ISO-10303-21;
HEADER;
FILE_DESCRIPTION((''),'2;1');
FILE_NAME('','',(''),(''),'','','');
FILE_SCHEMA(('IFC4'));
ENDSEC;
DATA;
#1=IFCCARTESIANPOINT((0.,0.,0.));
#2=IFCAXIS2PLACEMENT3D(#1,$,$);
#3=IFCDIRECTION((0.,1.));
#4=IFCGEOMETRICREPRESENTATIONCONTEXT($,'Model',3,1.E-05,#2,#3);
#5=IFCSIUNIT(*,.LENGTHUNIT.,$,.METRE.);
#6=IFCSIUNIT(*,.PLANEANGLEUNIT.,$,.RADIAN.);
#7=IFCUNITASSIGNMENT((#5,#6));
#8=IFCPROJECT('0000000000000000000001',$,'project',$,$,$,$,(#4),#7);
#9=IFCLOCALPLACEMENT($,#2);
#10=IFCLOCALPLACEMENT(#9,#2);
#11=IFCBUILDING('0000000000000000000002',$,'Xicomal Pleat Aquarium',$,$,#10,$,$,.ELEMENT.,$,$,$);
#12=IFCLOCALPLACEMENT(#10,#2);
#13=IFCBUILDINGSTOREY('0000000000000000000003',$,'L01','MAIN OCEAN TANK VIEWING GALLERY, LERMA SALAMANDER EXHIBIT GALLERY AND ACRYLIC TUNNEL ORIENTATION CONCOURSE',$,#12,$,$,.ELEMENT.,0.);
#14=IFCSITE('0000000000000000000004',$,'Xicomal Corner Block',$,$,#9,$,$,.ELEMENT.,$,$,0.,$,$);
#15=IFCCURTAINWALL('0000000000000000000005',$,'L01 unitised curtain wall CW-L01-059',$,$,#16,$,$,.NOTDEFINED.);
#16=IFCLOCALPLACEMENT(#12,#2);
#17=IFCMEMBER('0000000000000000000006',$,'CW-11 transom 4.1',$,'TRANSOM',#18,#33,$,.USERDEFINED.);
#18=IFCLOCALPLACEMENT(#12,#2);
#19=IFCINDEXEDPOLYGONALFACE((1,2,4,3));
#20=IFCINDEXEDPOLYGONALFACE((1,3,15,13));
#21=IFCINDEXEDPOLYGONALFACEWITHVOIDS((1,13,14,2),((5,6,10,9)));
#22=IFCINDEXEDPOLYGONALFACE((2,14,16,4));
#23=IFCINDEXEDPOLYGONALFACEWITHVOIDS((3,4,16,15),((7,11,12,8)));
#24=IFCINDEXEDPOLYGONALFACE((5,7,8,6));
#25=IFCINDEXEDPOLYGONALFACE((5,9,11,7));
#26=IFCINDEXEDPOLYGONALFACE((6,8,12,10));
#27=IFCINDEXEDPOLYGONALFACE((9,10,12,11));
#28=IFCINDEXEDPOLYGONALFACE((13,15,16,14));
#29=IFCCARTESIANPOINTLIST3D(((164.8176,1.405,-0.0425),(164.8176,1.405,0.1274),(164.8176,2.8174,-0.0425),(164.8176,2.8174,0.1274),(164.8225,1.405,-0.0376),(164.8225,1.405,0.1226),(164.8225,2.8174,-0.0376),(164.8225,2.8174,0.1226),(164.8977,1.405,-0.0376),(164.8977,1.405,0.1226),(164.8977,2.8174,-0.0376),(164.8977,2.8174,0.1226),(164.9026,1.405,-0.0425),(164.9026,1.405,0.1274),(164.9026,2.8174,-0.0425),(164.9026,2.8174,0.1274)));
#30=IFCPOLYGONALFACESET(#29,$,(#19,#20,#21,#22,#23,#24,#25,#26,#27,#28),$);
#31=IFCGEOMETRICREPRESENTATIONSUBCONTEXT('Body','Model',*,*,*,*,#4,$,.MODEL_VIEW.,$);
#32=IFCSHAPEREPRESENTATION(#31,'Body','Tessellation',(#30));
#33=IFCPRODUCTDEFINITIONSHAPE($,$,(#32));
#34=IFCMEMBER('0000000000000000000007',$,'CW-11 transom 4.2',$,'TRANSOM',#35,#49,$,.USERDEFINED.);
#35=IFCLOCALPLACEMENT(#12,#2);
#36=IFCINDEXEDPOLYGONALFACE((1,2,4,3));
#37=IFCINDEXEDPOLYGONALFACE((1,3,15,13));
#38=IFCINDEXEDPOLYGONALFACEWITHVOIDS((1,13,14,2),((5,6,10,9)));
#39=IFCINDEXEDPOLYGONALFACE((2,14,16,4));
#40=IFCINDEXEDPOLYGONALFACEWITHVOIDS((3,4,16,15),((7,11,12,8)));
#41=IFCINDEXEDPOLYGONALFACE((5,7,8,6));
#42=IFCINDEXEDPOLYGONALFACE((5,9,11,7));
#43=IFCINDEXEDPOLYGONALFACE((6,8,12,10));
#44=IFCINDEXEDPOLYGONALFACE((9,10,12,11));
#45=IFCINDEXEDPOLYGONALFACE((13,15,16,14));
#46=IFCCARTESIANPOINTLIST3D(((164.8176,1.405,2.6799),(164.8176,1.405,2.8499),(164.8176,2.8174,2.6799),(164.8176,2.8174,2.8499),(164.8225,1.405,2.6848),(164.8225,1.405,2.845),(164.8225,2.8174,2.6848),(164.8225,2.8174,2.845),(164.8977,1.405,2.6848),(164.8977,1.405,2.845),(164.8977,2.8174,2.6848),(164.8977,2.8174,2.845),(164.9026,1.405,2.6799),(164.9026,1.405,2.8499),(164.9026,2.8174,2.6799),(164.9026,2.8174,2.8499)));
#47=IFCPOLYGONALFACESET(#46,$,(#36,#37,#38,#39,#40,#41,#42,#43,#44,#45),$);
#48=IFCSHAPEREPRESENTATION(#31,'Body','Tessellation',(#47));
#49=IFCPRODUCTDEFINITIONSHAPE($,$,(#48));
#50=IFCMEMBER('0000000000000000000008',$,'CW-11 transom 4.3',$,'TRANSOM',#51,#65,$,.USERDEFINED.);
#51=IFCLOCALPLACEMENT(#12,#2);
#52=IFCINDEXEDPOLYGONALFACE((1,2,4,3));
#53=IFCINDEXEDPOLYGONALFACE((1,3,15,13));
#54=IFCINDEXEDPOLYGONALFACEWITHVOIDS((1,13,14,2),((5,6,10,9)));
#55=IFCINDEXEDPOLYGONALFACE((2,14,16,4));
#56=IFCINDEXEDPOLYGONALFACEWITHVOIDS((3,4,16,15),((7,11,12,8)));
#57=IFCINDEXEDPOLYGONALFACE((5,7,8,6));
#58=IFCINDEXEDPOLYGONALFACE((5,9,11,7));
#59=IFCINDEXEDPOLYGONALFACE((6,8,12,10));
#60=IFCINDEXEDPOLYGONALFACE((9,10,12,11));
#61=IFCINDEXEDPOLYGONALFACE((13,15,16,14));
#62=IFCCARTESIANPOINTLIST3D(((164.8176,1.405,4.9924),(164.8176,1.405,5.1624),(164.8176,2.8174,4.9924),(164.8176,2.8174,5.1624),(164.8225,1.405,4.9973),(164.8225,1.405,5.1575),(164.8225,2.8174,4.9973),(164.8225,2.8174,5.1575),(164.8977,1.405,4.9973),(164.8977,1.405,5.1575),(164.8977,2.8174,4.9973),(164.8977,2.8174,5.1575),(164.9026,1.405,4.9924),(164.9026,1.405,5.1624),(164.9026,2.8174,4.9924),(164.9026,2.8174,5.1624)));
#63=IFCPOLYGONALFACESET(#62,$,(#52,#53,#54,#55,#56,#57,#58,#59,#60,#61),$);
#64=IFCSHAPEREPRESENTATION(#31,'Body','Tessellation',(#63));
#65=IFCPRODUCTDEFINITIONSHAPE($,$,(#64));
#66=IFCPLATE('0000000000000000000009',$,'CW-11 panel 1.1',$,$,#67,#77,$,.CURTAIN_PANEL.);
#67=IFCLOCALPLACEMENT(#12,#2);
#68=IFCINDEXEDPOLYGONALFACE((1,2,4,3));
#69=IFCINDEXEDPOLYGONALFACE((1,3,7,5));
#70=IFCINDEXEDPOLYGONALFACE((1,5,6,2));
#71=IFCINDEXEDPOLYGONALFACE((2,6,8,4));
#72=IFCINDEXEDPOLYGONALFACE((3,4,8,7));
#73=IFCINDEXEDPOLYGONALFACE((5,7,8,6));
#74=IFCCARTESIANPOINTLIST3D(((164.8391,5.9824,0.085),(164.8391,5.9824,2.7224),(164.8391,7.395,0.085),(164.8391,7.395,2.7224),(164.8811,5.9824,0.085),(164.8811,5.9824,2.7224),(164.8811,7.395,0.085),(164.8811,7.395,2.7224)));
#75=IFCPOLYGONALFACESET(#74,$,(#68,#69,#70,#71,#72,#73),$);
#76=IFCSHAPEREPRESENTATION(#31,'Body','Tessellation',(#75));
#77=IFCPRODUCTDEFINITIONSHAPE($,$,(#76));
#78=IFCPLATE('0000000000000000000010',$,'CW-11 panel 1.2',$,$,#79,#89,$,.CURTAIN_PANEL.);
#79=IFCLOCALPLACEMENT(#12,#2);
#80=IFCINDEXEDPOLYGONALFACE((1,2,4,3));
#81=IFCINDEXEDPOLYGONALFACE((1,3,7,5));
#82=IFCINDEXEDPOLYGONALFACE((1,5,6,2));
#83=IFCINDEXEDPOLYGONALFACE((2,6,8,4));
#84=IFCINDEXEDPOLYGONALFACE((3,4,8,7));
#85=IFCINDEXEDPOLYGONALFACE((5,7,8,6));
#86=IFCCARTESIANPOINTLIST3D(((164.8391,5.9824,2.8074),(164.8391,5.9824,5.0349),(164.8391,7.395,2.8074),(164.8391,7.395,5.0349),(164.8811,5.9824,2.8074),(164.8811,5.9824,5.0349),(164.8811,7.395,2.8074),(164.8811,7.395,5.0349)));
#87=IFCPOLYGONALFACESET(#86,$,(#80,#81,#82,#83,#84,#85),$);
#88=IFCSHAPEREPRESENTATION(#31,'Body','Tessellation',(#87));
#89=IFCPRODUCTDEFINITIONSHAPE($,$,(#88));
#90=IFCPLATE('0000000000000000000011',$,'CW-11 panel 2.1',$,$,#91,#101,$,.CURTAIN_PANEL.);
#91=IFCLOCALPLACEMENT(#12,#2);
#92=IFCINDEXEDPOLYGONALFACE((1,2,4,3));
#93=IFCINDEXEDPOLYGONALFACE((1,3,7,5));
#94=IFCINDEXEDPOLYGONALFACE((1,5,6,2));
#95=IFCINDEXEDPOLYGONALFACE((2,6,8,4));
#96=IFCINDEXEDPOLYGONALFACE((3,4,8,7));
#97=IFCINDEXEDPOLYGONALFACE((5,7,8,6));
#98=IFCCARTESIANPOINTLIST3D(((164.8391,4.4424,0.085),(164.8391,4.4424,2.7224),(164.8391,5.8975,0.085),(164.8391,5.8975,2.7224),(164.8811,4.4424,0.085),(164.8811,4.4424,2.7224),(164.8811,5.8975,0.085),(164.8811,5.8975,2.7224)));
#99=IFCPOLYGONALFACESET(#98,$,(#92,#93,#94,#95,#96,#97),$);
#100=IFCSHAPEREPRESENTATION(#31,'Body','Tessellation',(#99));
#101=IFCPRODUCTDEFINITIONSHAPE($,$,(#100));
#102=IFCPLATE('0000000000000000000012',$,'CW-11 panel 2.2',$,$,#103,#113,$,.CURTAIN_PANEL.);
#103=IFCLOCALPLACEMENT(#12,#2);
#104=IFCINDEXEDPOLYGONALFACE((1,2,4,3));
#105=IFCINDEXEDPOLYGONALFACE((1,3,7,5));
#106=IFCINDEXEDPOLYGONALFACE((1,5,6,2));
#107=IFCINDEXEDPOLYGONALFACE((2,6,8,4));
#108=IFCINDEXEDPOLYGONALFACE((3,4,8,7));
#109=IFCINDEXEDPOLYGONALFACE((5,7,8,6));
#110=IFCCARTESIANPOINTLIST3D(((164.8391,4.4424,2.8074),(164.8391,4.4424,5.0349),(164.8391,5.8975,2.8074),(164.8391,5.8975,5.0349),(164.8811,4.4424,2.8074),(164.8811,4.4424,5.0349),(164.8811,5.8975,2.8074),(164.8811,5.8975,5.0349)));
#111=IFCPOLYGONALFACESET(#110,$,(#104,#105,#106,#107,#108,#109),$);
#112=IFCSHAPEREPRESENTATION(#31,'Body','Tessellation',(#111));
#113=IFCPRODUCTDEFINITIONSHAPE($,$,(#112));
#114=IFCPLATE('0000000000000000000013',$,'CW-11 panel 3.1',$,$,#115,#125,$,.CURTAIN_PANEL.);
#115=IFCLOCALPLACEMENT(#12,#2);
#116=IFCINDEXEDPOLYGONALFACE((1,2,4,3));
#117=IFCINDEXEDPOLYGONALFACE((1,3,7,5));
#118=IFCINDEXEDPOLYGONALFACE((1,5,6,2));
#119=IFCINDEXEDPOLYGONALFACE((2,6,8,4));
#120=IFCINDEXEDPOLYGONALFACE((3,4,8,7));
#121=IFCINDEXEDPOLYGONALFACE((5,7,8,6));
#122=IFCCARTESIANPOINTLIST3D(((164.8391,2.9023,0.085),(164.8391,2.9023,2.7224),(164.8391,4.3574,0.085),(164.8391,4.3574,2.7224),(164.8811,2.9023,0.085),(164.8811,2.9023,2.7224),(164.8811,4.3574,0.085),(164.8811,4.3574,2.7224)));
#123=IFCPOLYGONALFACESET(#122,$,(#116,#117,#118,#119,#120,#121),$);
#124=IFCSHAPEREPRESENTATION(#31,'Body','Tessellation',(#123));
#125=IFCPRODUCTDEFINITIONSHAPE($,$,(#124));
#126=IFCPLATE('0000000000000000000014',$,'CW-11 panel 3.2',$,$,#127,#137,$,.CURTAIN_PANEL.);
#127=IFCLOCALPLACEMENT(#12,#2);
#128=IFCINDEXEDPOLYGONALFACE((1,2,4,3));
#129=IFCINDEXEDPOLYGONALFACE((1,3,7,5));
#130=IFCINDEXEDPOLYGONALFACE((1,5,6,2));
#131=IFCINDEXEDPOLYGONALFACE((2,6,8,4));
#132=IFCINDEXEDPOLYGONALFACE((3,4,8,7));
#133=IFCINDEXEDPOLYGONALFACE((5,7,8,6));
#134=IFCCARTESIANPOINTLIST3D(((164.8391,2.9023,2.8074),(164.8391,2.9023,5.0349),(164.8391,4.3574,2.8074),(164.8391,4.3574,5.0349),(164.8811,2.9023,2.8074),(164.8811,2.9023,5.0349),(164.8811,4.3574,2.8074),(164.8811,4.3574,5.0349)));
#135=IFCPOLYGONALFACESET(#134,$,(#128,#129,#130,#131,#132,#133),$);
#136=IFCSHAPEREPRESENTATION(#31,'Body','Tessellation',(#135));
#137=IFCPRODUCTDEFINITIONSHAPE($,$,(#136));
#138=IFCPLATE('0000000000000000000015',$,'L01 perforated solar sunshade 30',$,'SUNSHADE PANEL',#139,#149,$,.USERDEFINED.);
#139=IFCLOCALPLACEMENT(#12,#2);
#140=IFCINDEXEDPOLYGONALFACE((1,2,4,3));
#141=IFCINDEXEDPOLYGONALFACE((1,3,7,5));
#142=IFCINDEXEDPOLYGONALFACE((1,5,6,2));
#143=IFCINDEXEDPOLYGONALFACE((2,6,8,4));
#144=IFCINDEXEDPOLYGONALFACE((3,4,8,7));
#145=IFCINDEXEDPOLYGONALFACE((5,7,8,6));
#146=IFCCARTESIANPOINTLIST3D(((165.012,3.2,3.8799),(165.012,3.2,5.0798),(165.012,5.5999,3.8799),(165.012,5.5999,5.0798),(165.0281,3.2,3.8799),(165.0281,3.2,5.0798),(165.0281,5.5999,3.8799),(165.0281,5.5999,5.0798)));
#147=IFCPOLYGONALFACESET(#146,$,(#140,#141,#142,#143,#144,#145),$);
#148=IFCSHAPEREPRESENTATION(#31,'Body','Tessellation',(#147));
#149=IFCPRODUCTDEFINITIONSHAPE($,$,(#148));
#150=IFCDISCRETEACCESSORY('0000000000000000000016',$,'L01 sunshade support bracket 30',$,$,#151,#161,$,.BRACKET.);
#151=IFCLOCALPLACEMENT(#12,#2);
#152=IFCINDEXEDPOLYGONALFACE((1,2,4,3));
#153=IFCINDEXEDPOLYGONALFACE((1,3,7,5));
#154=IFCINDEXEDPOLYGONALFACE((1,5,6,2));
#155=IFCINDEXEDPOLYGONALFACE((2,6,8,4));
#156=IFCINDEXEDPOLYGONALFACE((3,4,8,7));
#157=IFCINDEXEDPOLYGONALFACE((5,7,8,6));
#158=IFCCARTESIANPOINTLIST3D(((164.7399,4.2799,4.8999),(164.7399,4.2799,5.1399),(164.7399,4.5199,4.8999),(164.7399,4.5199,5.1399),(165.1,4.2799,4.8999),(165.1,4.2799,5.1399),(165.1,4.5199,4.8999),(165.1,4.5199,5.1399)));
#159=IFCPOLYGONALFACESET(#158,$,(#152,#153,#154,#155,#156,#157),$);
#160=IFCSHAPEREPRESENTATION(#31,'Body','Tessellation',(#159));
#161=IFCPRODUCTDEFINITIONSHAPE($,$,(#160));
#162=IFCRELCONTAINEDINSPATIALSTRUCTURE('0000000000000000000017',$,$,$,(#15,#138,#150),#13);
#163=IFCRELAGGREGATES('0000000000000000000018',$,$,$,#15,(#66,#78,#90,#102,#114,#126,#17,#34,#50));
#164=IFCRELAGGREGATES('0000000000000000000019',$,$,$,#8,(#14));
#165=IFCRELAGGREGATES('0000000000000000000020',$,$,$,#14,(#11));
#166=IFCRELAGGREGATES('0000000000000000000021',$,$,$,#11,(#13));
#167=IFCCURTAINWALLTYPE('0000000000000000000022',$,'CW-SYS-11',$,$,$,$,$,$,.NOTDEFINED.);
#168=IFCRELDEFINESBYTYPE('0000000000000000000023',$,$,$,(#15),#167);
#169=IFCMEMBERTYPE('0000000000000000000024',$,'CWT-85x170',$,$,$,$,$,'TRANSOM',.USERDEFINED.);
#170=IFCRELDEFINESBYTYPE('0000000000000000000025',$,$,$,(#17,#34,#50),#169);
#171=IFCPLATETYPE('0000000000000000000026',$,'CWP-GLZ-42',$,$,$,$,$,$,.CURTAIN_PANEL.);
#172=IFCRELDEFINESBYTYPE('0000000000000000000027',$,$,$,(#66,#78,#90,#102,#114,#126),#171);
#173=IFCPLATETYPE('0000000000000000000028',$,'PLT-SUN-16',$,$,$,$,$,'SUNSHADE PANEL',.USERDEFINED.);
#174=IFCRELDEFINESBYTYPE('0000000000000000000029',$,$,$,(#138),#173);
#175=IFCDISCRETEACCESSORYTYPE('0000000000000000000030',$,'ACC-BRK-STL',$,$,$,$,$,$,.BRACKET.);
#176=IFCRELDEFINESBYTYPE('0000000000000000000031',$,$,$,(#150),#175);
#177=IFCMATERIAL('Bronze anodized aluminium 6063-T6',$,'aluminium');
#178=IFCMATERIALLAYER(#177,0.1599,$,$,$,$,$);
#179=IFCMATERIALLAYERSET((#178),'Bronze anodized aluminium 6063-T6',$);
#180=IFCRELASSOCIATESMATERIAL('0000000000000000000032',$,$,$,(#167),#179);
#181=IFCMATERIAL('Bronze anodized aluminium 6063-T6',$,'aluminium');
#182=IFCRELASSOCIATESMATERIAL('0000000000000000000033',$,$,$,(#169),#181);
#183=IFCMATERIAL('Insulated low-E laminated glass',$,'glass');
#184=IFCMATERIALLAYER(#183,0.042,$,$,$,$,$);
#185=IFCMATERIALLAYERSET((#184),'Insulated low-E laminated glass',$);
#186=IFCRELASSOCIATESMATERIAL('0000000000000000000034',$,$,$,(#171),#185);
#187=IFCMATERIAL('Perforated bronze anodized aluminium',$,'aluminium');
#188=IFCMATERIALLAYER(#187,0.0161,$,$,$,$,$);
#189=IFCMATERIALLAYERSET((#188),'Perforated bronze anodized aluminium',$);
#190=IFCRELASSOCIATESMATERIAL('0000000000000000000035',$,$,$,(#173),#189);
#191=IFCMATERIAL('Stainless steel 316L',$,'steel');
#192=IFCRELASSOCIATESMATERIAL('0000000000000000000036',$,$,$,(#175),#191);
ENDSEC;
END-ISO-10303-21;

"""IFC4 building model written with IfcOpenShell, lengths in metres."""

from ifc_helpers import new_model, si_unit, direction, frame, origin, origin_2d, place, context, subcontext, project, spatial, rectangle, hollow_rectangle, extrude, material, layer, layer_set, material_profile, profile_set, type_object, element, aggregate, save


model = new_model("IFC4")

# Units and contexts
model_context = context("Model", 3, precision=1e-05, world=origin(), true_north=direction((0.0, 1.0)))
body_context = subcontext(model_context, "Body", "Model", "MODEL_VIEW")
ifc_project = project(units=[si_unit("LENGTHUNIT", "METRE"), si_unit("PLANEANGLEUNIT", "RADIAN")], contexts=[model_context])

# Site, building, storey
site_placement = place(None, origin())
site = spatial("IfcSite", under=ifc_project, at=site_placement, Name="Xicomal Corner Block", CompositionType="ELEMENT", RefElevation=0.0)
building_placement = place(site_placement, origin())
building = spatial("IfcBuilding", under=site, at=building_placement, Name="Xicomal Pleat Aquarium", CompositionType="ELEMENT")
storey_placement = place(building_placement, origin())
storey = spatial("IfcBuildingStorey", under=building, at=storey_placement, Name="L01", Description="MAIN OCEAN TANK VIEWING GALLERY, LERMA SALAMANDER EXHIBIT GALLERY AND ACRYLIC TUNNEL ORIENTATION CONCOURSE", CompositionType="ELEMENT", Elevation=0.0)

# Curtain wall, members, plates
ifc_material_1 = material(Name="Bronze anodized aluminium 6063-T6", Category="aluminium")
ifc_layer_1 = layer(ifc_material_1, 0.1599)
ifc_layer_set_1 = layer_set([ifc_layer_1], Name="Bronze anodized aluminium 6063-T6")
curtain_wall_type = type_object("IfcCurtainWallType", Name="CW-SYS-11", PredefinedType="NOTDEFINED", material=ifc_layer_set_1)
curtain_wall_placement = place(storey_placement, origin())
curtain_wall = element("IfcCurtainWall", 1, at=curtain_wall_placement, inside=storey, type_object=curtain_wall_type, Name="L01 unitised curtain wall CW-L01-059", PredefinedType="NOTDEFINED")
ifc_material_2 = material(Name="Bronze anodized aluminium 6063-T6", Category="aluminium")
ifc_material_profile_1 = material_profile(ifc_material_2, hollow_rectangle(XDim=0.085, YDim=0.1699, WallThickness=0.0049, at=origin_2d()), Name="ALU TRAN 85x170")
ifc_profile_set_1 = profile_set([ifc_material_profile_1], Name="Bronze anodized aluminium 6063-T6")
member_type_1 = type_object("IfcMemberType", Name="CWT-85x170", ElementType="TRANSOM", PredefinedType="USERDEFINED", material=ifc_profile_set_1)
member_1_placement = place(storey_placement, frame((164.8601, 2.8174, 0.0425), z_axis=(0.0, -1.0, 0.0), x_axis=(1.0, 0.0, 0.0)))
member_1 = element("IfcMember", 2, at=member_1_placement, type_object=member_type_1, Name="CW-11 transom 4.1", ObjectType="TRANSOM", PredefinedType="USERDEFINED", context=body_context, shape_type="SweptSolid", body=[
    extrude(hollow_rectangle(XDim=0.085, YDim=0.1699, WallThickness=0.0049, at=origin_2d()), origin(), (0.0, 0.0, 1.0), 1.4124),
])
member_2_placement = place(storey_placement, frame((164.8601, 2.8174, 2.7649), z_axis=(0.0, -1.0, 0.0), x_axis=(1.0, 0.0, 0.0)))
member_2 = element("IfcMember", 3, at=member_2_placement, type_object=member_type_1, Name="CW-11 transom 4.2", ObjectType="TRANSOM", PredefinedType="USERDEFINED", context=body_context, shape_type="SweptSolid", body=[
    extrude(hollow_rectangle(XDim=0.085, YDim=0.1699, WallThickness=0.0049, at=origin_2d()), origin(), (0.0, 0.0, 1.0), 1.4124),
])
member_3_placement = place(storey_placement, frame((164.8601, 2.8174, 5.0774), z_axis=(0.0, -1.0, 0.0), x_axis=(1.0, 0.0, 0.0)))
member_3 = element("IfcMember", 4, at=member_3_placement, type_object=member_type_1, Name="CW-11 transom 4.3", ObjectType="TRANSOM", PredefinedType="USERDEFINED", context=body_context, shape_type="SweptSolid", body=[
    extrude(hollow_rectangle(XDim=0.085, YDim=0.1699, WallThickness=0.0049, at=origin_2d()), origin(), (0.0, 0.0, 1.0), 1.4124),
])
ifc_material_3 = material(Name="Insulated low-E laminated glass", Category="glass")
ifc_layer_2 = layer(ifc_material_3, 0.042)
ifc_layer_set_2 = layer_set([ifc_layer_2], Name="Insulated low-E laminated glass")
plate_type_1 = type_object("IfcPlateType", Name="CWP-GLZ-42", PredefinedType="CURTAIN_PANEL", material=ifc_layer_set_2)
plate_1_placement = place(storey_placement, frame((164.8601, 6.6887, 0.085), z_axis=(0.0, 0.0, 1.0), x_axis=(0.0, -1.0, 0.0)))
plate_1 = element("IfcPlate", 5, at=plate_1_placement, type_object=plate_type_1, Name="CW-11 panel 1.1", PredefinedType="CURTAIN_PANEL", context=body_context, shape_type="SweptSolid", body=[
    extrude(rectangle(XDim=1.4126, YDim=0.042, at=origin_2d()), origin(), (0.0, 0.0, 1.0), 2.6375),
])
plate_2_placement = place(storey_placement, frame((164.8601, 6.6887, 2.8074), z_axis=(0.0, 0.0, 1.0), x_axis=(0.0, -1.0, 0.0)))
plate_2 = element("IfcPlate", 6, at=plate_2_placement, type_object=plate_type_1, Name="CW-11 panel 1.2", PredefinedType="CURTAIN_PANEL", context=body_context, shape_type="SweptSolid", body=[
    extrude(rectangle(XDim=1.4126, YDim=0.042, at=origin_2d()), origin(), (0.0, 0.0, 1.0), 2.2275),
])
plate_3_placement = place(storey_placement, frame((164.8601, 5.1699, 0.085), z_axis=(0.0, 0.0, 1.0), x_axis=(0.0, -1.0, 0.0)))
plate_3 = element("IfcPlate", 7, at=plate_3_placement, type_object=plate_type_1, Name="CW-11 panel 2.1", PredefinedType="CURTAIN_PANEL", context=body_context, shape_type="SweptSolid", body=[
    extrude(rectangle(XDim=1.4551, YDim=0.042, at=origin_2d()), origin(), (0.0, 0.0, 1.0), 2.6375),
])
plate_4_placement = place(storey_placement, frame((164.8601, 5.1699, 2.8074), z_axis=(0.0, 0.0, 1.0), x_axis=(0.0, -1.0, 0.0)))
plate_4 = element("IfcPlate", 8, at=plate_4_placement, type_object=plate_type_1, Name="CW-11 panel 2.2", PredefinedType="CURTAIN_PANEL", context=body_context, shape_type="SweptSolid", body=[
    extrude(rectangle(XDim=1.4551, YDim=0.042, at=origin_2d()), origin(), (0.0, 0.0, 1.0), 2.2275),
])
plate_5_placement = place(storey_placement, frame((164.8601, 3.6299, 0.085), z_axis=(0.0, 0.0, 1.0), x_axis=(0.0, -1.0, 0.0)))
plate_5 = element("IfcPlate", 9, at=plate_5_placement, type_object=plate_type_1, Name="CW-11 panel 3.1", PredefinedType="CURTAIN_PANEL", context=body_context, shape_type="SweptSolid", body=[
    extrude(rectangle(XDim=1.4551, YDim=0.042, at=origin_2d()), origin(), (0.0, 0.0, 1.0), 2.6375),
])
plate_6_placement = place(storey_placement, frame((164.8601, 3.6299, 2.8074), z_axis=(0.0, 0.0, 1.0), x_axis=(0.0, -1.0, 0.0)))
plate_6 = element("IfcPlate", 10, at=plate_6_placement, type_object=plate_type_1, Name="CW-11 panel 3.2", PredefinedType="CURTAIN_PANEL", context=body_context, shape_type="SweptSolid", body=[
    extrude(rectangle(XDim=1.4551, YDim=0.042, at=origin_2d()), origin(), (0.0, 0.0, 1.0), 2.2275),
])
aggregate(curtain_wall, [plate_1, plate_2, plate_3, plate_4, plate_5, plate_6, member_1, member_2, member_3])

# Plate
ifc_material_4 = material(Name="Perforated bronze anodized aluminium", Category="aluminium")
ifc_layer_3 = layer(ifc_material_4, 0.0161)
ifc_layer_set_3 = layer_set([ifc_layer_3], Name="Perforated bronze anodized aluminium")
plate_type_2 = type_object("IfcPlateType", Name="PLT-SUN-16", ElementType="SUNSHADE PANEL", PredefinedType="USERDEFINED", material=ifc_layer_set_3)
plate_7_placement = place(storey_placement, frame((165.02, 4.3999, 3.8799), z_axis=(0.0, 0.0, 1.0), x_axis=(0.0, -1.0, 0.0)))
element("IfcPlate", 11, at=plate_7_placement, inside=storey, type_object=plate_type_2, Name="L01 perforated solar sunshade 30", ObjectType="SUNSHADE PANEL", PredefinedType="USERDEFINED", context=body_context, shape_type="SweptSolid", body=[
    extrude(rectangle(XDim=2.3999, YDim=0.0161, at=origin_2d()), origin(), (0.0, 0.0, 1.0), 1.2),
])

# Discrete accessory
ifc_material_5 = material(Name="Stainless steel 316L", Category="steel")
discrete_accessory_type = type_object("IfcDiscreteAccessoryType", Name="ACC-BRK-STL", PredefinedType="BRACKET", material=ifc_material_5)
discrete_accessory_placement = place(storey_placement, frame((164.9199, 4.3999, 4.8999), z_axis=(0.0, 0.0, 1.0), x_axis=(0.0, -1.0, 0.0)))
element("IfcDiscreteAccessory", 12, at=discrete_accessory_placement, inside=storey, type_object=discrete_accessory_type, Name="L01 sunshade support bracket 30", PredefinedType="BRACKET", context=body_context, shape_type="SweptSolid", body=[
    extrude(rectangle(XDim=0.24, YDim=0.3601, at=origin_2d()), origin(), (0.0, 0.0, 1.0), 0.24),
])

save(model, "model.ifc")
